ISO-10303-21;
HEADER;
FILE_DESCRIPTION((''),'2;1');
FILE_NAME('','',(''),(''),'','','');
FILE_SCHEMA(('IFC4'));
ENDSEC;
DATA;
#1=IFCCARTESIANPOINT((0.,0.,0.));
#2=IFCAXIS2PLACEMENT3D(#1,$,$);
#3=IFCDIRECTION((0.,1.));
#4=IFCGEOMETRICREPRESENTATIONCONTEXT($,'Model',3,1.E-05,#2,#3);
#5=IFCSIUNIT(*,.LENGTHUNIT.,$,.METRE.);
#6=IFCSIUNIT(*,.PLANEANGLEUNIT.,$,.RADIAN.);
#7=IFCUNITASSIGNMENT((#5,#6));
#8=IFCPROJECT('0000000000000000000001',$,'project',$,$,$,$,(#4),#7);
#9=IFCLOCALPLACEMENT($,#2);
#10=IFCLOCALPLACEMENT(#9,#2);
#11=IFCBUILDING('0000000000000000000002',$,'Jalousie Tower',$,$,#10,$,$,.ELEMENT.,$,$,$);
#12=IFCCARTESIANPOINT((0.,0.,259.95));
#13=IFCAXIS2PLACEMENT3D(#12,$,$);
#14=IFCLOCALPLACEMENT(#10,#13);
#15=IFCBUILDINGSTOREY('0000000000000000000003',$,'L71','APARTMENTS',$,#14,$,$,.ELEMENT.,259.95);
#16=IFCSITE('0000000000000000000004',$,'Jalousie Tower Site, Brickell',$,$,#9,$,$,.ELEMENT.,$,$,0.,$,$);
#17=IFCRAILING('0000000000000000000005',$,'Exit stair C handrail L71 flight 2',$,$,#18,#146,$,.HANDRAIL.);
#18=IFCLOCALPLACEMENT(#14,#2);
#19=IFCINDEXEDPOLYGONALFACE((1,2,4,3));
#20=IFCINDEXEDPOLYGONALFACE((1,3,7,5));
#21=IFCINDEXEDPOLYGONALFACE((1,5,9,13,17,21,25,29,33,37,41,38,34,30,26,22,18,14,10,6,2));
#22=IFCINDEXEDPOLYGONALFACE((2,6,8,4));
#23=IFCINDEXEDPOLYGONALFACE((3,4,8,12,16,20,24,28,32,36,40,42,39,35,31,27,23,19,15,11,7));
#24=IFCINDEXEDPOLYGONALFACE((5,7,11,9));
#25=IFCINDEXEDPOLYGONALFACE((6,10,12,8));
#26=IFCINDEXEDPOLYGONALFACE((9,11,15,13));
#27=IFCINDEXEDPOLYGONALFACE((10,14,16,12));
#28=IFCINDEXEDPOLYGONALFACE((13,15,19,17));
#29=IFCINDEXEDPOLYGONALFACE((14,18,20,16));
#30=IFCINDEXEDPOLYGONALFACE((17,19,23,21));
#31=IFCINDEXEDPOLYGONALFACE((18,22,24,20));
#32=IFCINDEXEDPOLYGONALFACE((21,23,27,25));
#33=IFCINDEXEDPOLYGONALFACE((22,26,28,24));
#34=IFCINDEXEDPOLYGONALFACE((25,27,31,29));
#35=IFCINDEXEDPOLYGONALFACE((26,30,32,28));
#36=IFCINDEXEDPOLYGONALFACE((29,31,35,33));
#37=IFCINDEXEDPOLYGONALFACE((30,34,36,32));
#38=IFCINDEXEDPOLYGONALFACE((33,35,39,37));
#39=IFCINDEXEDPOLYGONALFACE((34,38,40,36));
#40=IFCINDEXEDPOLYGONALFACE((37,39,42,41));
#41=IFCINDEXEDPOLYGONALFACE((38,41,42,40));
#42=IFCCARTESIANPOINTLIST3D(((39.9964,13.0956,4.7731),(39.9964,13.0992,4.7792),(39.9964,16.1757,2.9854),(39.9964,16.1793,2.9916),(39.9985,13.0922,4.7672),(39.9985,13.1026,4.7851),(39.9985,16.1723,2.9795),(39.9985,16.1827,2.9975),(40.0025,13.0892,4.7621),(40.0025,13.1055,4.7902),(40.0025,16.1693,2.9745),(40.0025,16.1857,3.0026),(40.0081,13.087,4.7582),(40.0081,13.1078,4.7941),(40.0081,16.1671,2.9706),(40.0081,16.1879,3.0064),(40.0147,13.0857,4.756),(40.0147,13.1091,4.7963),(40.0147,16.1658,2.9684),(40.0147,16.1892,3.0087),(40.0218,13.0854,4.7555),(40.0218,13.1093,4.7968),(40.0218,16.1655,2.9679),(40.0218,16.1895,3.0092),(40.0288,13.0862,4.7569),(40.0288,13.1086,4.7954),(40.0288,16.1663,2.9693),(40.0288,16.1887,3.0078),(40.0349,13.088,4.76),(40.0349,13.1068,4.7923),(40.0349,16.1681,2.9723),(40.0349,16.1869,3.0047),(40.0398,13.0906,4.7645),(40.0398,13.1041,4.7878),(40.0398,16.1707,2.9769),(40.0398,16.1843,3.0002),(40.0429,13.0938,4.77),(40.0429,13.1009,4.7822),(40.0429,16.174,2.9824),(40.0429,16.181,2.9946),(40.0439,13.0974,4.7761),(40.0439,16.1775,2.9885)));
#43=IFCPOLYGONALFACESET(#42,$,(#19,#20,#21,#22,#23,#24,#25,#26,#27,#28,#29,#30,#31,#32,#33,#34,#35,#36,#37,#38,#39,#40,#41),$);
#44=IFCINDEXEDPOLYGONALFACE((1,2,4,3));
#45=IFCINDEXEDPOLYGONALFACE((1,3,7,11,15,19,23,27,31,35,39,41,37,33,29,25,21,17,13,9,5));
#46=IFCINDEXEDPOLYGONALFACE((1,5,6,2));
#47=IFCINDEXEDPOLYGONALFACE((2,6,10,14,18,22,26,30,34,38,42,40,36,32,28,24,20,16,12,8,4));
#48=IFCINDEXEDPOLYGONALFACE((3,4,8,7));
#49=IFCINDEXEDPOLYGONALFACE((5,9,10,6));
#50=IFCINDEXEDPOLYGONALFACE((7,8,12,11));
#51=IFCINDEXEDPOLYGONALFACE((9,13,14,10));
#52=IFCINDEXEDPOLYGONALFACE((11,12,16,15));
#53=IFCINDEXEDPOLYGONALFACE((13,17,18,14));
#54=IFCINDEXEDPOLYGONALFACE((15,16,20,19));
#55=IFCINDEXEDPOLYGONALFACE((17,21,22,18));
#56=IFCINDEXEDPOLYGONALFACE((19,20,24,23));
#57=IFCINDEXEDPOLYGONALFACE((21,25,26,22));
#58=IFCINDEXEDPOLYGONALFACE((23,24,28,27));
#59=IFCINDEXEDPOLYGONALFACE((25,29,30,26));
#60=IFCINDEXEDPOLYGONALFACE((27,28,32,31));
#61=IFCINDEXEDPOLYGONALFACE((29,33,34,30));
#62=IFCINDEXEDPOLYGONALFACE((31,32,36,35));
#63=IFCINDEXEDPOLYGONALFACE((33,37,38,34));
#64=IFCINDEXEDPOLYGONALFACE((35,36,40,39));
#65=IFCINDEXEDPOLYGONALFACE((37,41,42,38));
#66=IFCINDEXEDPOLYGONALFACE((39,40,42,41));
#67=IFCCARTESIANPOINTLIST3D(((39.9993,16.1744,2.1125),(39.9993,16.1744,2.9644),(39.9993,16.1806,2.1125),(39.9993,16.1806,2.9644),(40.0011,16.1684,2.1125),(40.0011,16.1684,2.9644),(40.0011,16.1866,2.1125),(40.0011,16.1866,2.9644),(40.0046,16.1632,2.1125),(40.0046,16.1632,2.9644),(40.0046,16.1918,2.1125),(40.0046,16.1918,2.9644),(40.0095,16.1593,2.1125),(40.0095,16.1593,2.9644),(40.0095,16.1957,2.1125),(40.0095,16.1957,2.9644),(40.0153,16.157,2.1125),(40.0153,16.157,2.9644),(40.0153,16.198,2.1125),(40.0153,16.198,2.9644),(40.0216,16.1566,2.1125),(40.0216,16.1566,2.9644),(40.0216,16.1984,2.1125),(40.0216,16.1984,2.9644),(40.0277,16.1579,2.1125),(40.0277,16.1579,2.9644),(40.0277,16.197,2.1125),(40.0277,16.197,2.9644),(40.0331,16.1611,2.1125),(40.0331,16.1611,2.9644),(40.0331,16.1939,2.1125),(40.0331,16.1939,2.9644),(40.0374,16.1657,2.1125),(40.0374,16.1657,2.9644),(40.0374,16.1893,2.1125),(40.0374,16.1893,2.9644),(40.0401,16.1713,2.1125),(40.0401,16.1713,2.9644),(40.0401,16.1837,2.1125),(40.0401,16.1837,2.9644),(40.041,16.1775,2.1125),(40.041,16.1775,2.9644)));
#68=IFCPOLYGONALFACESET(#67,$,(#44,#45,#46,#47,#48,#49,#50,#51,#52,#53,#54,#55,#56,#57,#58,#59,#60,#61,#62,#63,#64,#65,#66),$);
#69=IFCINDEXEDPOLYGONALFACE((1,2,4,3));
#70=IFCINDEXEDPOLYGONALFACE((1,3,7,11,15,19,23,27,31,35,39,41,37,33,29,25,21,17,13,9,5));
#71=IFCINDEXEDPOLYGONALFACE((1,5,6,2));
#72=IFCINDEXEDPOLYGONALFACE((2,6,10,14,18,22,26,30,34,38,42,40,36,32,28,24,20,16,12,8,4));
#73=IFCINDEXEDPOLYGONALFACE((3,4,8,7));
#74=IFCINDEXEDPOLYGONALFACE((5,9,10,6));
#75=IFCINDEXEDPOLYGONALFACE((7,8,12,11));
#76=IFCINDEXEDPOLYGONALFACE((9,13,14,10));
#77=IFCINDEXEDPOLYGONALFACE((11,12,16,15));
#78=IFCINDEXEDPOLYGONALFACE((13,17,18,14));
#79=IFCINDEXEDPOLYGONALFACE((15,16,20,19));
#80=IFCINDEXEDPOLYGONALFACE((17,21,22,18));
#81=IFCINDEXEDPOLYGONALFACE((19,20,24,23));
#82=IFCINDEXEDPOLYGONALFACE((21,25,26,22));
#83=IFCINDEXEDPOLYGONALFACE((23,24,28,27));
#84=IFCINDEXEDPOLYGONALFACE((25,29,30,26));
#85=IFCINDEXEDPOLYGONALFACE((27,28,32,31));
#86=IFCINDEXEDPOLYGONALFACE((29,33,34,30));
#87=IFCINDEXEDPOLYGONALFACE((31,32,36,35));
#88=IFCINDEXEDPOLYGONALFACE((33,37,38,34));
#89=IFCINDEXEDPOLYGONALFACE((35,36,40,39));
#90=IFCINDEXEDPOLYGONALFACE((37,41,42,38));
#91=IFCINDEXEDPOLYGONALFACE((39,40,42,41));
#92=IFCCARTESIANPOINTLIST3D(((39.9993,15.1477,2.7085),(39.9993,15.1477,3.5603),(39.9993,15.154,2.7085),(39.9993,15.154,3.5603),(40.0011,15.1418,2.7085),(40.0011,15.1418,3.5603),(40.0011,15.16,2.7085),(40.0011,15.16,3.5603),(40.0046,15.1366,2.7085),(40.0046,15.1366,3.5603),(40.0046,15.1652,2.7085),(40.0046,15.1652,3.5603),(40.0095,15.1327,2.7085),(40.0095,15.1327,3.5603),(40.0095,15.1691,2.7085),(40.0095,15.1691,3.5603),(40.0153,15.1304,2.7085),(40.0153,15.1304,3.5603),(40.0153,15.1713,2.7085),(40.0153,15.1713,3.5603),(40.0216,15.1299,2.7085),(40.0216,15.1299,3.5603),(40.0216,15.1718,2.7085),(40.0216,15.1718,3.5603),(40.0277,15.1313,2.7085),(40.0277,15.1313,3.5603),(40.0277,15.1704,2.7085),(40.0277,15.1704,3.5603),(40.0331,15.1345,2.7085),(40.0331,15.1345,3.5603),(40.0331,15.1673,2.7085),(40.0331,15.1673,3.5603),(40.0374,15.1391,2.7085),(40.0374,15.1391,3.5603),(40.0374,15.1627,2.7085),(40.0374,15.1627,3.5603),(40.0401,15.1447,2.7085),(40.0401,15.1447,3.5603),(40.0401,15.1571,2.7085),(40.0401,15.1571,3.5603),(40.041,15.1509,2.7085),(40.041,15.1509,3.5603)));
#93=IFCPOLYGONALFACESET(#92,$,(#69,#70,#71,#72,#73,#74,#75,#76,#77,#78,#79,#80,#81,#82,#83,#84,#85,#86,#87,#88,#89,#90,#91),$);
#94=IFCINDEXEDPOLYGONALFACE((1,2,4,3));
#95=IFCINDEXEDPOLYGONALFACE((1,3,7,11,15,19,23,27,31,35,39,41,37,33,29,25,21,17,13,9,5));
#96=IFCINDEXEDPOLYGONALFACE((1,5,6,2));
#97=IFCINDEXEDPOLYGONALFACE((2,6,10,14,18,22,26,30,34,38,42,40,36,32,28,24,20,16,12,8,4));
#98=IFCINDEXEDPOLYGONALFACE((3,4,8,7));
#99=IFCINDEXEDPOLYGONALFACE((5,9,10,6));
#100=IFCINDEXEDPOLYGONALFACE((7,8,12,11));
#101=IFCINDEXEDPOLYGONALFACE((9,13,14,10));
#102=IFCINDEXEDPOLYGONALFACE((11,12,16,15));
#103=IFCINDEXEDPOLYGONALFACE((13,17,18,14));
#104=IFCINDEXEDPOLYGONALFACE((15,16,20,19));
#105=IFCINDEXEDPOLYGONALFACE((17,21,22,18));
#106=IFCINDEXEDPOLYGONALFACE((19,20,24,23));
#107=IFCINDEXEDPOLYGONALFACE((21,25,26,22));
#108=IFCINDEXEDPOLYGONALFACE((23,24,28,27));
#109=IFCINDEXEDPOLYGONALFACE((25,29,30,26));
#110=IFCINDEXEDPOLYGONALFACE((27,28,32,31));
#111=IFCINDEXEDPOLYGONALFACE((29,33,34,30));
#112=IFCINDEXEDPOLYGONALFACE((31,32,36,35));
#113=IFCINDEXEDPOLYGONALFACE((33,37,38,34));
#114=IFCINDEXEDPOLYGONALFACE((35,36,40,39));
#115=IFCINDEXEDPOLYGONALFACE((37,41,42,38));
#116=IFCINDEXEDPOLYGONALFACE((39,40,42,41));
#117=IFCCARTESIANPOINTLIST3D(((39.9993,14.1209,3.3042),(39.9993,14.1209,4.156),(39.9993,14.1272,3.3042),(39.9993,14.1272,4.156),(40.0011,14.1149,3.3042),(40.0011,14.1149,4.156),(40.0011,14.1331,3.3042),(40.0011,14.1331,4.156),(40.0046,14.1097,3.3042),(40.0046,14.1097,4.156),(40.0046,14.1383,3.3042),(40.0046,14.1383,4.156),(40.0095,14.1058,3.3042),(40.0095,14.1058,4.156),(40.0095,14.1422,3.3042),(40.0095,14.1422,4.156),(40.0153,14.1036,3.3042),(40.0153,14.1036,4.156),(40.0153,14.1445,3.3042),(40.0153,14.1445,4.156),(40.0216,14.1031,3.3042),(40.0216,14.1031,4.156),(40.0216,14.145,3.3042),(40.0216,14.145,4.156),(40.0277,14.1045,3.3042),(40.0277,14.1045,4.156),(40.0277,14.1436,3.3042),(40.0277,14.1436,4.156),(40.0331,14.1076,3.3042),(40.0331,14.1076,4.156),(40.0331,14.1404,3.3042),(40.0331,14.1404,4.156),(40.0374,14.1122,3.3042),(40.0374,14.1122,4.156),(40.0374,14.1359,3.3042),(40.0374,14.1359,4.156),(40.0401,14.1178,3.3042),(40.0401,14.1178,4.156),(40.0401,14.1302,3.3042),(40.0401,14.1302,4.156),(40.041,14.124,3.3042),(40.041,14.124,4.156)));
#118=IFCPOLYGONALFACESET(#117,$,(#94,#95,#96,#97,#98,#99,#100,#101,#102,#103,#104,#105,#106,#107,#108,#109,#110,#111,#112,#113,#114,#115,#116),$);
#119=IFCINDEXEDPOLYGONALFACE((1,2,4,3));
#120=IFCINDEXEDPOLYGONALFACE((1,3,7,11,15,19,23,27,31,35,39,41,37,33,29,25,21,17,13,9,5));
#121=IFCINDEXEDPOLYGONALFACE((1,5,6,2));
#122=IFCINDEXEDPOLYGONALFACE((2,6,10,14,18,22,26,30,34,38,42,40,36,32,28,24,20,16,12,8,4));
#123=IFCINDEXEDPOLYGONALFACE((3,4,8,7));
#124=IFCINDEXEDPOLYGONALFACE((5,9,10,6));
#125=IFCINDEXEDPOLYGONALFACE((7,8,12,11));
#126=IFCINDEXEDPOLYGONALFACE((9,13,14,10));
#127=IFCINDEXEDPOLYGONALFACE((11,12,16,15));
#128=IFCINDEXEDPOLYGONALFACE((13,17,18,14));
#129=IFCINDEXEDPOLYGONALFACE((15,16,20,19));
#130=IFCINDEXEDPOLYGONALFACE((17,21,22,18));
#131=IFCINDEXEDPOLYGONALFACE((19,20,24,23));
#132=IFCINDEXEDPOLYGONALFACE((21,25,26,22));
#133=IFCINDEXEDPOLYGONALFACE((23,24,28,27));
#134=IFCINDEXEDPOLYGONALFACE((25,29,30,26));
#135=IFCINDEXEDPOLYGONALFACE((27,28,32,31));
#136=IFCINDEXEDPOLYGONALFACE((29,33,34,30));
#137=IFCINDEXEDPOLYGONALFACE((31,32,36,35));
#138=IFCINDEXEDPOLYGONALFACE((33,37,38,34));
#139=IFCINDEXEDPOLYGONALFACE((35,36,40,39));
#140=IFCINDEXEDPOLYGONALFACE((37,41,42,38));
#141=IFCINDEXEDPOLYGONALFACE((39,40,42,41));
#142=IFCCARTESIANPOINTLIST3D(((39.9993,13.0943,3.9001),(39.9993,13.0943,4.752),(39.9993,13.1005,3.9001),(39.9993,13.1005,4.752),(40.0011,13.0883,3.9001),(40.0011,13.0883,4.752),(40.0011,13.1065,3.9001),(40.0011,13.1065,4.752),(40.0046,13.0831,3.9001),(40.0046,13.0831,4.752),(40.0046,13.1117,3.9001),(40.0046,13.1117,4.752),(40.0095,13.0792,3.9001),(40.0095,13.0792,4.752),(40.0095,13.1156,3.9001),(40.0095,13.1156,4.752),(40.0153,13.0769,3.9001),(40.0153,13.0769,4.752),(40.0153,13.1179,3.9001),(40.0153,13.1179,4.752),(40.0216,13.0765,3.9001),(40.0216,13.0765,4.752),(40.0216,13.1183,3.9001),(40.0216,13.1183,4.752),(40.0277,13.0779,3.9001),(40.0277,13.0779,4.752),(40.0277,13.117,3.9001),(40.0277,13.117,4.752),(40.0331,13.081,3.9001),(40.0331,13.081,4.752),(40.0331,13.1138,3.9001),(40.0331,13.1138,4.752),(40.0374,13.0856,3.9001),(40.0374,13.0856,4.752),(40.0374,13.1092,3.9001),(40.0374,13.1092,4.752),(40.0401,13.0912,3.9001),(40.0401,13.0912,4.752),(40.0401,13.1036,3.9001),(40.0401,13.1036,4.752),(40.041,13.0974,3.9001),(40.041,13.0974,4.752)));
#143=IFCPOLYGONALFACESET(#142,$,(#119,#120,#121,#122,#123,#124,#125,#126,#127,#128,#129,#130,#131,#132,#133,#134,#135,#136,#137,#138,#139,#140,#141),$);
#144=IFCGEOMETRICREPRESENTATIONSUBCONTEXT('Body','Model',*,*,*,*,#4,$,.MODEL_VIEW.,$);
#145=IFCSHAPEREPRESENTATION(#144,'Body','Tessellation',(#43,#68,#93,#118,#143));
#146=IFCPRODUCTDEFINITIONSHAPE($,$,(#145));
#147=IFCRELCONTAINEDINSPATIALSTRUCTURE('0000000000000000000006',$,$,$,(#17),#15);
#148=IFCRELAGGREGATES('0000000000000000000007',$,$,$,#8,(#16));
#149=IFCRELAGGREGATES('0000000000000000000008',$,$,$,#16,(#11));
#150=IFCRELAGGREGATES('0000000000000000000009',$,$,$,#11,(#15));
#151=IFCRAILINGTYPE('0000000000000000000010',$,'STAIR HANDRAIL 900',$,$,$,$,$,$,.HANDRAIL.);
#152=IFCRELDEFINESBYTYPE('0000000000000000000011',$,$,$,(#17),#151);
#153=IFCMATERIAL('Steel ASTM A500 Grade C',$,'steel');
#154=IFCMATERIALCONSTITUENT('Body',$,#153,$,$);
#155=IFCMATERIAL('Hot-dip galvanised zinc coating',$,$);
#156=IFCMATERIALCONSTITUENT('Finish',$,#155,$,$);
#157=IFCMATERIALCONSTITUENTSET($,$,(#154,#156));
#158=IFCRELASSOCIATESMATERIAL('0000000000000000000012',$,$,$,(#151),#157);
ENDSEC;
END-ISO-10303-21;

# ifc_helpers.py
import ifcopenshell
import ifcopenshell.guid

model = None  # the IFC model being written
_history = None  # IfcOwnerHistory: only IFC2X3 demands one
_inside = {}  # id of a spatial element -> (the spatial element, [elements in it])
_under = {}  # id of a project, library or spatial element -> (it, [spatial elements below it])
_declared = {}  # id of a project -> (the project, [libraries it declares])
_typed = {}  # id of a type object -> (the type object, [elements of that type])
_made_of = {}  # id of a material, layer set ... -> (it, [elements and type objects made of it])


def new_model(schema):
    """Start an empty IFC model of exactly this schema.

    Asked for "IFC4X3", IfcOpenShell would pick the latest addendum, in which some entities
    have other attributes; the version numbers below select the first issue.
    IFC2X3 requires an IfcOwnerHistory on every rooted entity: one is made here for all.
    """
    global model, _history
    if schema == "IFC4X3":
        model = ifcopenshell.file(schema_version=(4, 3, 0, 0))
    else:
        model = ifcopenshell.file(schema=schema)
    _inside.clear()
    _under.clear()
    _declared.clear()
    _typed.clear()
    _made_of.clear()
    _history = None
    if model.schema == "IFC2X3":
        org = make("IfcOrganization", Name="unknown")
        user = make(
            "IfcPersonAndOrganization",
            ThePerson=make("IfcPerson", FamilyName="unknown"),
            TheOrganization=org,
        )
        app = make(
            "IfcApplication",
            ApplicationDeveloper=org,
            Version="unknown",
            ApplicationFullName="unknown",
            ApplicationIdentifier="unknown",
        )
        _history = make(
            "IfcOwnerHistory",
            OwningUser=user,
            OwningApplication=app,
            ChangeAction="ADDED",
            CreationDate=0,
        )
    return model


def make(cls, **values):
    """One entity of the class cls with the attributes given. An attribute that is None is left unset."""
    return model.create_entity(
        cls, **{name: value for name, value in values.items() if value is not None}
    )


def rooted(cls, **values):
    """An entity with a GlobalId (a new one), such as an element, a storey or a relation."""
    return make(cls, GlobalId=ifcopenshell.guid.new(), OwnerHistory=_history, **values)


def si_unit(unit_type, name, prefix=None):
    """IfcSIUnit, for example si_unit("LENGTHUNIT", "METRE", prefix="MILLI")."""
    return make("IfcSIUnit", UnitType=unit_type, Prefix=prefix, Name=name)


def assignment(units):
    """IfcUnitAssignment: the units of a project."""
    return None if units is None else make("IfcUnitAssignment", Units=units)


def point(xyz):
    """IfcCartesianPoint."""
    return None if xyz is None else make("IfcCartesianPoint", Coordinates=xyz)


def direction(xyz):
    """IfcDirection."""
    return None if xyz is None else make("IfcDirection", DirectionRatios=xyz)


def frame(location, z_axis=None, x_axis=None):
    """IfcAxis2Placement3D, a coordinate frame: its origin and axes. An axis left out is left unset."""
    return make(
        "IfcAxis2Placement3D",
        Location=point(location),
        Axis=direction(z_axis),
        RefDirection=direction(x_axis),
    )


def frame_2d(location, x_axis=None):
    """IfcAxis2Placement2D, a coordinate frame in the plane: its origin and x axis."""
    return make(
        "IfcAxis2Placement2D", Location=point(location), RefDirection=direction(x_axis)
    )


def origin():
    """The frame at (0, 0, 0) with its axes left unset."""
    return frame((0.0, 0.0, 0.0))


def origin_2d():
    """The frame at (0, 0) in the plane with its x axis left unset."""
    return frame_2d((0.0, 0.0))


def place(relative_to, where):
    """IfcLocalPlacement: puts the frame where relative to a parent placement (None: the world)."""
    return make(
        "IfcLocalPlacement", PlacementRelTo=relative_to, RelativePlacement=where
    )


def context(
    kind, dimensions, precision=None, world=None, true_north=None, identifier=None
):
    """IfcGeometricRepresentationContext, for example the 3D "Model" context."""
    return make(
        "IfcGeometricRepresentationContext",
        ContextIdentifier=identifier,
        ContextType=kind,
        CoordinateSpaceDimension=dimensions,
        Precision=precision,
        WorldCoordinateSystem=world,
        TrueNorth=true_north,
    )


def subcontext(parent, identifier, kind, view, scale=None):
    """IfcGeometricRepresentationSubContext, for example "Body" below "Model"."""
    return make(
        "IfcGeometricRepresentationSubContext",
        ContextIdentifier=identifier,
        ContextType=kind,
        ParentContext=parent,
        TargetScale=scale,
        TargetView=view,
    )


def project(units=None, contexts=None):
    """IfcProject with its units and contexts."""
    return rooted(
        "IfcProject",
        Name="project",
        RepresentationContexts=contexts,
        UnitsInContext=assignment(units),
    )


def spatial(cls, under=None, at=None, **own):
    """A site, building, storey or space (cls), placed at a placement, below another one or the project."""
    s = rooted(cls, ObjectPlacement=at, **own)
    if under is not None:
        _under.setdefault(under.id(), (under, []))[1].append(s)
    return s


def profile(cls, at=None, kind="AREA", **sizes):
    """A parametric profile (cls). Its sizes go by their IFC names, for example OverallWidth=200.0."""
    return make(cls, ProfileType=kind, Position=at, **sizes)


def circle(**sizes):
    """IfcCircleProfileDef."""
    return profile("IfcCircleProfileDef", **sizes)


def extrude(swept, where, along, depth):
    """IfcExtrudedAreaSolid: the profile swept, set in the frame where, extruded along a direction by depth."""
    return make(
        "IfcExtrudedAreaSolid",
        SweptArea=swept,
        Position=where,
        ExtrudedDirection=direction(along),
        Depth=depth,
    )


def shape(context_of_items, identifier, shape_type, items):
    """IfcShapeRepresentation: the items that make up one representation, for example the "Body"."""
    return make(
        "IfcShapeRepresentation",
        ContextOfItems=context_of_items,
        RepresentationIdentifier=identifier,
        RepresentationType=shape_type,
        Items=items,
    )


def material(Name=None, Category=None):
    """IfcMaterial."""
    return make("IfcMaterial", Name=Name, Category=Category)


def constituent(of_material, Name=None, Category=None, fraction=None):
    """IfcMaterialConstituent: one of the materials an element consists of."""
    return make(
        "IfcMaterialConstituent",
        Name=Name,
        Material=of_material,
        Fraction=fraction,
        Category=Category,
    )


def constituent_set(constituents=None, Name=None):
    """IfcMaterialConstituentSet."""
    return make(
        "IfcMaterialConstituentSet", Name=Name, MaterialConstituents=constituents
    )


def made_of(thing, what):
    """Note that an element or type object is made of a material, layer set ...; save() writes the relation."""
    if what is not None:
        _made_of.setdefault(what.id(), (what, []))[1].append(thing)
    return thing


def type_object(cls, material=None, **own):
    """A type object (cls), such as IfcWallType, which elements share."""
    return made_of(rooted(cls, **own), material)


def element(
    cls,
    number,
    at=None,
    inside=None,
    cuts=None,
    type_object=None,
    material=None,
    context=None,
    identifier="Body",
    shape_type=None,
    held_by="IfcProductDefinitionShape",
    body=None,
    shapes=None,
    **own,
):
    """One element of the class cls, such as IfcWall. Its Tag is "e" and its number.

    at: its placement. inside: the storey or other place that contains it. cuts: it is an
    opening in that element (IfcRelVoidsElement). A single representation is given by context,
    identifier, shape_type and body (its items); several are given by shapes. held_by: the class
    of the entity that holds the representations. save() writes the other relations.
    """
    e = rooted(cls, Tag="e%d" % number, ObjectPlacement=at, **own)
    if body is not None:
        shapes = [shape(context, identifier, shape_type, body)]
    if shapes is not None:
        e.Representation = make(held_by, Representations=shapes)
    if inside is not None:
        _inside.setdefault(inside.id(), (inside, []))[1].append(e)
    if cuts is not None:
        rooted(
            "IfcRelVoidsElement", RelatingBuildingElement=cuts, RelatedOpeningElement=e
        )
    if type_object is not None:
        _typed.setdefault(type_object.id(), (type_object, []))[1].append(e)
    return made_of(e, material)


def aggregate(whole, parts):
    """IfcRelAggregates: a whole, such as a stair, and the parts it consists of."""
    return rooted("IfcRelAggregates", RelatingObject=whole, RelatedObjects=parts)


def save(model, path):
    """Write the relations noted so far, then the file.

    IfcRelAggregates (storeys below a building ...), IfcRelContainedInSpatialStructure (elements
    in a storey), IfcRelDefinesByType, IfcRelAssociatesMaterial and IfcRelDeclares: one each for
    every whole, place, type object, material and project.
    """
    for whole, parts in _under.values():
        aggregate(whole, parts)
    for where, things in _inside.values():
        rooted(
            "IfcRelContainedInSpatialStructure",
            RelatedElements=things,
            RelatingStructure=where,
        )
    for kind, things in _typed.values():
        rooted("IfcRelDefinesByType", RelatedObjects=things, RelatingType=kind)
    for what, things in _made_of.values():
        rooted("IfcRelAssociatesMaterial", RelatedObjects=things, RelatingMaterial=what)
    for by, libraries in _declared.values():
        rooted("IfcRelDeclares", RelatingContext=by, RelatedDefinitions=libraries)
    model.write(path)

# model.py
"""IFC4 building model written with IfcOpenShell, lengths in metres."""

from ifc_helpers import new_model, si_unit, direction, frame, origin, origin_2d, place, context, subcontext, project, spatial, circle, extrude, material, constituent, constituent_set, type_object, element, save


model = new_model("IFC4")

# Units and contexts
model_context = context("Model", 3, precision=1e-05, world=origin(), true_north=direction((0.0, 1.0)))
body_context = subcontext(model_context, "Body", "Model", "MODEL_VIEW")
ifc_project = project(units=[si_unit("LENGTHUNIT", "METRE"), si_unit("PLANEANGLEUNIT", "RADIAN")], contexts=[model_context])

# Site, building, storey
site_placement = place(None, origin())
site = spatial("IfcSite", under=ifc_project, at=site_placement, Name="Jalousie Tower Site, Brickell", CompositionType="ELEMENT", RefElevation=0.0)
building_placement = place(site_placement, origin())
building = spatial("IfcBuilding", under=site, at=building_placement, Name="Jalousie Tower", CompositionType="ELEMENT")
storey_placement = place(building_placement, frame((0.0, 0.0, 259.95)))
storey = spatial("IfcBuildingStorey", under=building, at=storey_placement, Name="L71", Description="APARTMENTS", CompositionType="ELEMENT", Elevation=259.95)

# Railing
ifc_material_1 = material(Name="Steel ASTM A500 Grade C", Category="steel")
ifc_constituent_1 = constituent(ifc_material_1, Name="Body")
ifc_material_2 = material(Name="Hot-dip galvanised zinc coating")
ifc_constituent_2 = constituent(ifc_material_2, Name="Finish")
ifc_constituent_set_1 = constituent_set(constituents=[ifc_constituent_1, ifc_constituent_2])
railing_type_1 = type_object("IfcRailingType", Name="STAIR HANDRAIL 900", PredefinedType="HANDRAIL", material=ifc_constituent_set_1)
railing_1_placement = place(storey_placement, frame((40.02, 16.1775, 2.1125)))
element("IfcRailing", 1, at=railing_1_placement, inside=storey, type_object=railing_type_1, Name="Exit stair C handrail L71 flight 2", PredefinedType="HANDRAIL", context=body_context, shape_type="SweptSolid", body=[
    extrude(circle(Radius=0.0239, at=origin_2d()), frame((0.0, 0.0, 0.876), z_axis=(0.0, -0.864891, 0.50196), x_axis=(1.0, 0.0, 0.0)), (0.0, 0.0, 1.0), 3.5613),
    extrude(circle(Radius=0.021, at=origin_2d()), origin(), (0.0, 0.0, 1.0), 0.8518),
    extrude(circle(Radius=0.021, at=origin_2d()), frame((0.0, -1.0266, 0.5959)), (0.0, 0.0, 1.0), 0.8518),
    extrude(circle(Radius=0.021, at=origin_2d()), frame((0.0, -2.0535, 1.1917)), (0.0, 0.0, 1.0), 0.8518),
    extrude(circle(Radius=0.021, at=origin_2d()), frame((0.0, -3.0801, 1.7876)), (0.0, 0.0, 1.0), 0.8518),
])

save(model, "model.ifc")
